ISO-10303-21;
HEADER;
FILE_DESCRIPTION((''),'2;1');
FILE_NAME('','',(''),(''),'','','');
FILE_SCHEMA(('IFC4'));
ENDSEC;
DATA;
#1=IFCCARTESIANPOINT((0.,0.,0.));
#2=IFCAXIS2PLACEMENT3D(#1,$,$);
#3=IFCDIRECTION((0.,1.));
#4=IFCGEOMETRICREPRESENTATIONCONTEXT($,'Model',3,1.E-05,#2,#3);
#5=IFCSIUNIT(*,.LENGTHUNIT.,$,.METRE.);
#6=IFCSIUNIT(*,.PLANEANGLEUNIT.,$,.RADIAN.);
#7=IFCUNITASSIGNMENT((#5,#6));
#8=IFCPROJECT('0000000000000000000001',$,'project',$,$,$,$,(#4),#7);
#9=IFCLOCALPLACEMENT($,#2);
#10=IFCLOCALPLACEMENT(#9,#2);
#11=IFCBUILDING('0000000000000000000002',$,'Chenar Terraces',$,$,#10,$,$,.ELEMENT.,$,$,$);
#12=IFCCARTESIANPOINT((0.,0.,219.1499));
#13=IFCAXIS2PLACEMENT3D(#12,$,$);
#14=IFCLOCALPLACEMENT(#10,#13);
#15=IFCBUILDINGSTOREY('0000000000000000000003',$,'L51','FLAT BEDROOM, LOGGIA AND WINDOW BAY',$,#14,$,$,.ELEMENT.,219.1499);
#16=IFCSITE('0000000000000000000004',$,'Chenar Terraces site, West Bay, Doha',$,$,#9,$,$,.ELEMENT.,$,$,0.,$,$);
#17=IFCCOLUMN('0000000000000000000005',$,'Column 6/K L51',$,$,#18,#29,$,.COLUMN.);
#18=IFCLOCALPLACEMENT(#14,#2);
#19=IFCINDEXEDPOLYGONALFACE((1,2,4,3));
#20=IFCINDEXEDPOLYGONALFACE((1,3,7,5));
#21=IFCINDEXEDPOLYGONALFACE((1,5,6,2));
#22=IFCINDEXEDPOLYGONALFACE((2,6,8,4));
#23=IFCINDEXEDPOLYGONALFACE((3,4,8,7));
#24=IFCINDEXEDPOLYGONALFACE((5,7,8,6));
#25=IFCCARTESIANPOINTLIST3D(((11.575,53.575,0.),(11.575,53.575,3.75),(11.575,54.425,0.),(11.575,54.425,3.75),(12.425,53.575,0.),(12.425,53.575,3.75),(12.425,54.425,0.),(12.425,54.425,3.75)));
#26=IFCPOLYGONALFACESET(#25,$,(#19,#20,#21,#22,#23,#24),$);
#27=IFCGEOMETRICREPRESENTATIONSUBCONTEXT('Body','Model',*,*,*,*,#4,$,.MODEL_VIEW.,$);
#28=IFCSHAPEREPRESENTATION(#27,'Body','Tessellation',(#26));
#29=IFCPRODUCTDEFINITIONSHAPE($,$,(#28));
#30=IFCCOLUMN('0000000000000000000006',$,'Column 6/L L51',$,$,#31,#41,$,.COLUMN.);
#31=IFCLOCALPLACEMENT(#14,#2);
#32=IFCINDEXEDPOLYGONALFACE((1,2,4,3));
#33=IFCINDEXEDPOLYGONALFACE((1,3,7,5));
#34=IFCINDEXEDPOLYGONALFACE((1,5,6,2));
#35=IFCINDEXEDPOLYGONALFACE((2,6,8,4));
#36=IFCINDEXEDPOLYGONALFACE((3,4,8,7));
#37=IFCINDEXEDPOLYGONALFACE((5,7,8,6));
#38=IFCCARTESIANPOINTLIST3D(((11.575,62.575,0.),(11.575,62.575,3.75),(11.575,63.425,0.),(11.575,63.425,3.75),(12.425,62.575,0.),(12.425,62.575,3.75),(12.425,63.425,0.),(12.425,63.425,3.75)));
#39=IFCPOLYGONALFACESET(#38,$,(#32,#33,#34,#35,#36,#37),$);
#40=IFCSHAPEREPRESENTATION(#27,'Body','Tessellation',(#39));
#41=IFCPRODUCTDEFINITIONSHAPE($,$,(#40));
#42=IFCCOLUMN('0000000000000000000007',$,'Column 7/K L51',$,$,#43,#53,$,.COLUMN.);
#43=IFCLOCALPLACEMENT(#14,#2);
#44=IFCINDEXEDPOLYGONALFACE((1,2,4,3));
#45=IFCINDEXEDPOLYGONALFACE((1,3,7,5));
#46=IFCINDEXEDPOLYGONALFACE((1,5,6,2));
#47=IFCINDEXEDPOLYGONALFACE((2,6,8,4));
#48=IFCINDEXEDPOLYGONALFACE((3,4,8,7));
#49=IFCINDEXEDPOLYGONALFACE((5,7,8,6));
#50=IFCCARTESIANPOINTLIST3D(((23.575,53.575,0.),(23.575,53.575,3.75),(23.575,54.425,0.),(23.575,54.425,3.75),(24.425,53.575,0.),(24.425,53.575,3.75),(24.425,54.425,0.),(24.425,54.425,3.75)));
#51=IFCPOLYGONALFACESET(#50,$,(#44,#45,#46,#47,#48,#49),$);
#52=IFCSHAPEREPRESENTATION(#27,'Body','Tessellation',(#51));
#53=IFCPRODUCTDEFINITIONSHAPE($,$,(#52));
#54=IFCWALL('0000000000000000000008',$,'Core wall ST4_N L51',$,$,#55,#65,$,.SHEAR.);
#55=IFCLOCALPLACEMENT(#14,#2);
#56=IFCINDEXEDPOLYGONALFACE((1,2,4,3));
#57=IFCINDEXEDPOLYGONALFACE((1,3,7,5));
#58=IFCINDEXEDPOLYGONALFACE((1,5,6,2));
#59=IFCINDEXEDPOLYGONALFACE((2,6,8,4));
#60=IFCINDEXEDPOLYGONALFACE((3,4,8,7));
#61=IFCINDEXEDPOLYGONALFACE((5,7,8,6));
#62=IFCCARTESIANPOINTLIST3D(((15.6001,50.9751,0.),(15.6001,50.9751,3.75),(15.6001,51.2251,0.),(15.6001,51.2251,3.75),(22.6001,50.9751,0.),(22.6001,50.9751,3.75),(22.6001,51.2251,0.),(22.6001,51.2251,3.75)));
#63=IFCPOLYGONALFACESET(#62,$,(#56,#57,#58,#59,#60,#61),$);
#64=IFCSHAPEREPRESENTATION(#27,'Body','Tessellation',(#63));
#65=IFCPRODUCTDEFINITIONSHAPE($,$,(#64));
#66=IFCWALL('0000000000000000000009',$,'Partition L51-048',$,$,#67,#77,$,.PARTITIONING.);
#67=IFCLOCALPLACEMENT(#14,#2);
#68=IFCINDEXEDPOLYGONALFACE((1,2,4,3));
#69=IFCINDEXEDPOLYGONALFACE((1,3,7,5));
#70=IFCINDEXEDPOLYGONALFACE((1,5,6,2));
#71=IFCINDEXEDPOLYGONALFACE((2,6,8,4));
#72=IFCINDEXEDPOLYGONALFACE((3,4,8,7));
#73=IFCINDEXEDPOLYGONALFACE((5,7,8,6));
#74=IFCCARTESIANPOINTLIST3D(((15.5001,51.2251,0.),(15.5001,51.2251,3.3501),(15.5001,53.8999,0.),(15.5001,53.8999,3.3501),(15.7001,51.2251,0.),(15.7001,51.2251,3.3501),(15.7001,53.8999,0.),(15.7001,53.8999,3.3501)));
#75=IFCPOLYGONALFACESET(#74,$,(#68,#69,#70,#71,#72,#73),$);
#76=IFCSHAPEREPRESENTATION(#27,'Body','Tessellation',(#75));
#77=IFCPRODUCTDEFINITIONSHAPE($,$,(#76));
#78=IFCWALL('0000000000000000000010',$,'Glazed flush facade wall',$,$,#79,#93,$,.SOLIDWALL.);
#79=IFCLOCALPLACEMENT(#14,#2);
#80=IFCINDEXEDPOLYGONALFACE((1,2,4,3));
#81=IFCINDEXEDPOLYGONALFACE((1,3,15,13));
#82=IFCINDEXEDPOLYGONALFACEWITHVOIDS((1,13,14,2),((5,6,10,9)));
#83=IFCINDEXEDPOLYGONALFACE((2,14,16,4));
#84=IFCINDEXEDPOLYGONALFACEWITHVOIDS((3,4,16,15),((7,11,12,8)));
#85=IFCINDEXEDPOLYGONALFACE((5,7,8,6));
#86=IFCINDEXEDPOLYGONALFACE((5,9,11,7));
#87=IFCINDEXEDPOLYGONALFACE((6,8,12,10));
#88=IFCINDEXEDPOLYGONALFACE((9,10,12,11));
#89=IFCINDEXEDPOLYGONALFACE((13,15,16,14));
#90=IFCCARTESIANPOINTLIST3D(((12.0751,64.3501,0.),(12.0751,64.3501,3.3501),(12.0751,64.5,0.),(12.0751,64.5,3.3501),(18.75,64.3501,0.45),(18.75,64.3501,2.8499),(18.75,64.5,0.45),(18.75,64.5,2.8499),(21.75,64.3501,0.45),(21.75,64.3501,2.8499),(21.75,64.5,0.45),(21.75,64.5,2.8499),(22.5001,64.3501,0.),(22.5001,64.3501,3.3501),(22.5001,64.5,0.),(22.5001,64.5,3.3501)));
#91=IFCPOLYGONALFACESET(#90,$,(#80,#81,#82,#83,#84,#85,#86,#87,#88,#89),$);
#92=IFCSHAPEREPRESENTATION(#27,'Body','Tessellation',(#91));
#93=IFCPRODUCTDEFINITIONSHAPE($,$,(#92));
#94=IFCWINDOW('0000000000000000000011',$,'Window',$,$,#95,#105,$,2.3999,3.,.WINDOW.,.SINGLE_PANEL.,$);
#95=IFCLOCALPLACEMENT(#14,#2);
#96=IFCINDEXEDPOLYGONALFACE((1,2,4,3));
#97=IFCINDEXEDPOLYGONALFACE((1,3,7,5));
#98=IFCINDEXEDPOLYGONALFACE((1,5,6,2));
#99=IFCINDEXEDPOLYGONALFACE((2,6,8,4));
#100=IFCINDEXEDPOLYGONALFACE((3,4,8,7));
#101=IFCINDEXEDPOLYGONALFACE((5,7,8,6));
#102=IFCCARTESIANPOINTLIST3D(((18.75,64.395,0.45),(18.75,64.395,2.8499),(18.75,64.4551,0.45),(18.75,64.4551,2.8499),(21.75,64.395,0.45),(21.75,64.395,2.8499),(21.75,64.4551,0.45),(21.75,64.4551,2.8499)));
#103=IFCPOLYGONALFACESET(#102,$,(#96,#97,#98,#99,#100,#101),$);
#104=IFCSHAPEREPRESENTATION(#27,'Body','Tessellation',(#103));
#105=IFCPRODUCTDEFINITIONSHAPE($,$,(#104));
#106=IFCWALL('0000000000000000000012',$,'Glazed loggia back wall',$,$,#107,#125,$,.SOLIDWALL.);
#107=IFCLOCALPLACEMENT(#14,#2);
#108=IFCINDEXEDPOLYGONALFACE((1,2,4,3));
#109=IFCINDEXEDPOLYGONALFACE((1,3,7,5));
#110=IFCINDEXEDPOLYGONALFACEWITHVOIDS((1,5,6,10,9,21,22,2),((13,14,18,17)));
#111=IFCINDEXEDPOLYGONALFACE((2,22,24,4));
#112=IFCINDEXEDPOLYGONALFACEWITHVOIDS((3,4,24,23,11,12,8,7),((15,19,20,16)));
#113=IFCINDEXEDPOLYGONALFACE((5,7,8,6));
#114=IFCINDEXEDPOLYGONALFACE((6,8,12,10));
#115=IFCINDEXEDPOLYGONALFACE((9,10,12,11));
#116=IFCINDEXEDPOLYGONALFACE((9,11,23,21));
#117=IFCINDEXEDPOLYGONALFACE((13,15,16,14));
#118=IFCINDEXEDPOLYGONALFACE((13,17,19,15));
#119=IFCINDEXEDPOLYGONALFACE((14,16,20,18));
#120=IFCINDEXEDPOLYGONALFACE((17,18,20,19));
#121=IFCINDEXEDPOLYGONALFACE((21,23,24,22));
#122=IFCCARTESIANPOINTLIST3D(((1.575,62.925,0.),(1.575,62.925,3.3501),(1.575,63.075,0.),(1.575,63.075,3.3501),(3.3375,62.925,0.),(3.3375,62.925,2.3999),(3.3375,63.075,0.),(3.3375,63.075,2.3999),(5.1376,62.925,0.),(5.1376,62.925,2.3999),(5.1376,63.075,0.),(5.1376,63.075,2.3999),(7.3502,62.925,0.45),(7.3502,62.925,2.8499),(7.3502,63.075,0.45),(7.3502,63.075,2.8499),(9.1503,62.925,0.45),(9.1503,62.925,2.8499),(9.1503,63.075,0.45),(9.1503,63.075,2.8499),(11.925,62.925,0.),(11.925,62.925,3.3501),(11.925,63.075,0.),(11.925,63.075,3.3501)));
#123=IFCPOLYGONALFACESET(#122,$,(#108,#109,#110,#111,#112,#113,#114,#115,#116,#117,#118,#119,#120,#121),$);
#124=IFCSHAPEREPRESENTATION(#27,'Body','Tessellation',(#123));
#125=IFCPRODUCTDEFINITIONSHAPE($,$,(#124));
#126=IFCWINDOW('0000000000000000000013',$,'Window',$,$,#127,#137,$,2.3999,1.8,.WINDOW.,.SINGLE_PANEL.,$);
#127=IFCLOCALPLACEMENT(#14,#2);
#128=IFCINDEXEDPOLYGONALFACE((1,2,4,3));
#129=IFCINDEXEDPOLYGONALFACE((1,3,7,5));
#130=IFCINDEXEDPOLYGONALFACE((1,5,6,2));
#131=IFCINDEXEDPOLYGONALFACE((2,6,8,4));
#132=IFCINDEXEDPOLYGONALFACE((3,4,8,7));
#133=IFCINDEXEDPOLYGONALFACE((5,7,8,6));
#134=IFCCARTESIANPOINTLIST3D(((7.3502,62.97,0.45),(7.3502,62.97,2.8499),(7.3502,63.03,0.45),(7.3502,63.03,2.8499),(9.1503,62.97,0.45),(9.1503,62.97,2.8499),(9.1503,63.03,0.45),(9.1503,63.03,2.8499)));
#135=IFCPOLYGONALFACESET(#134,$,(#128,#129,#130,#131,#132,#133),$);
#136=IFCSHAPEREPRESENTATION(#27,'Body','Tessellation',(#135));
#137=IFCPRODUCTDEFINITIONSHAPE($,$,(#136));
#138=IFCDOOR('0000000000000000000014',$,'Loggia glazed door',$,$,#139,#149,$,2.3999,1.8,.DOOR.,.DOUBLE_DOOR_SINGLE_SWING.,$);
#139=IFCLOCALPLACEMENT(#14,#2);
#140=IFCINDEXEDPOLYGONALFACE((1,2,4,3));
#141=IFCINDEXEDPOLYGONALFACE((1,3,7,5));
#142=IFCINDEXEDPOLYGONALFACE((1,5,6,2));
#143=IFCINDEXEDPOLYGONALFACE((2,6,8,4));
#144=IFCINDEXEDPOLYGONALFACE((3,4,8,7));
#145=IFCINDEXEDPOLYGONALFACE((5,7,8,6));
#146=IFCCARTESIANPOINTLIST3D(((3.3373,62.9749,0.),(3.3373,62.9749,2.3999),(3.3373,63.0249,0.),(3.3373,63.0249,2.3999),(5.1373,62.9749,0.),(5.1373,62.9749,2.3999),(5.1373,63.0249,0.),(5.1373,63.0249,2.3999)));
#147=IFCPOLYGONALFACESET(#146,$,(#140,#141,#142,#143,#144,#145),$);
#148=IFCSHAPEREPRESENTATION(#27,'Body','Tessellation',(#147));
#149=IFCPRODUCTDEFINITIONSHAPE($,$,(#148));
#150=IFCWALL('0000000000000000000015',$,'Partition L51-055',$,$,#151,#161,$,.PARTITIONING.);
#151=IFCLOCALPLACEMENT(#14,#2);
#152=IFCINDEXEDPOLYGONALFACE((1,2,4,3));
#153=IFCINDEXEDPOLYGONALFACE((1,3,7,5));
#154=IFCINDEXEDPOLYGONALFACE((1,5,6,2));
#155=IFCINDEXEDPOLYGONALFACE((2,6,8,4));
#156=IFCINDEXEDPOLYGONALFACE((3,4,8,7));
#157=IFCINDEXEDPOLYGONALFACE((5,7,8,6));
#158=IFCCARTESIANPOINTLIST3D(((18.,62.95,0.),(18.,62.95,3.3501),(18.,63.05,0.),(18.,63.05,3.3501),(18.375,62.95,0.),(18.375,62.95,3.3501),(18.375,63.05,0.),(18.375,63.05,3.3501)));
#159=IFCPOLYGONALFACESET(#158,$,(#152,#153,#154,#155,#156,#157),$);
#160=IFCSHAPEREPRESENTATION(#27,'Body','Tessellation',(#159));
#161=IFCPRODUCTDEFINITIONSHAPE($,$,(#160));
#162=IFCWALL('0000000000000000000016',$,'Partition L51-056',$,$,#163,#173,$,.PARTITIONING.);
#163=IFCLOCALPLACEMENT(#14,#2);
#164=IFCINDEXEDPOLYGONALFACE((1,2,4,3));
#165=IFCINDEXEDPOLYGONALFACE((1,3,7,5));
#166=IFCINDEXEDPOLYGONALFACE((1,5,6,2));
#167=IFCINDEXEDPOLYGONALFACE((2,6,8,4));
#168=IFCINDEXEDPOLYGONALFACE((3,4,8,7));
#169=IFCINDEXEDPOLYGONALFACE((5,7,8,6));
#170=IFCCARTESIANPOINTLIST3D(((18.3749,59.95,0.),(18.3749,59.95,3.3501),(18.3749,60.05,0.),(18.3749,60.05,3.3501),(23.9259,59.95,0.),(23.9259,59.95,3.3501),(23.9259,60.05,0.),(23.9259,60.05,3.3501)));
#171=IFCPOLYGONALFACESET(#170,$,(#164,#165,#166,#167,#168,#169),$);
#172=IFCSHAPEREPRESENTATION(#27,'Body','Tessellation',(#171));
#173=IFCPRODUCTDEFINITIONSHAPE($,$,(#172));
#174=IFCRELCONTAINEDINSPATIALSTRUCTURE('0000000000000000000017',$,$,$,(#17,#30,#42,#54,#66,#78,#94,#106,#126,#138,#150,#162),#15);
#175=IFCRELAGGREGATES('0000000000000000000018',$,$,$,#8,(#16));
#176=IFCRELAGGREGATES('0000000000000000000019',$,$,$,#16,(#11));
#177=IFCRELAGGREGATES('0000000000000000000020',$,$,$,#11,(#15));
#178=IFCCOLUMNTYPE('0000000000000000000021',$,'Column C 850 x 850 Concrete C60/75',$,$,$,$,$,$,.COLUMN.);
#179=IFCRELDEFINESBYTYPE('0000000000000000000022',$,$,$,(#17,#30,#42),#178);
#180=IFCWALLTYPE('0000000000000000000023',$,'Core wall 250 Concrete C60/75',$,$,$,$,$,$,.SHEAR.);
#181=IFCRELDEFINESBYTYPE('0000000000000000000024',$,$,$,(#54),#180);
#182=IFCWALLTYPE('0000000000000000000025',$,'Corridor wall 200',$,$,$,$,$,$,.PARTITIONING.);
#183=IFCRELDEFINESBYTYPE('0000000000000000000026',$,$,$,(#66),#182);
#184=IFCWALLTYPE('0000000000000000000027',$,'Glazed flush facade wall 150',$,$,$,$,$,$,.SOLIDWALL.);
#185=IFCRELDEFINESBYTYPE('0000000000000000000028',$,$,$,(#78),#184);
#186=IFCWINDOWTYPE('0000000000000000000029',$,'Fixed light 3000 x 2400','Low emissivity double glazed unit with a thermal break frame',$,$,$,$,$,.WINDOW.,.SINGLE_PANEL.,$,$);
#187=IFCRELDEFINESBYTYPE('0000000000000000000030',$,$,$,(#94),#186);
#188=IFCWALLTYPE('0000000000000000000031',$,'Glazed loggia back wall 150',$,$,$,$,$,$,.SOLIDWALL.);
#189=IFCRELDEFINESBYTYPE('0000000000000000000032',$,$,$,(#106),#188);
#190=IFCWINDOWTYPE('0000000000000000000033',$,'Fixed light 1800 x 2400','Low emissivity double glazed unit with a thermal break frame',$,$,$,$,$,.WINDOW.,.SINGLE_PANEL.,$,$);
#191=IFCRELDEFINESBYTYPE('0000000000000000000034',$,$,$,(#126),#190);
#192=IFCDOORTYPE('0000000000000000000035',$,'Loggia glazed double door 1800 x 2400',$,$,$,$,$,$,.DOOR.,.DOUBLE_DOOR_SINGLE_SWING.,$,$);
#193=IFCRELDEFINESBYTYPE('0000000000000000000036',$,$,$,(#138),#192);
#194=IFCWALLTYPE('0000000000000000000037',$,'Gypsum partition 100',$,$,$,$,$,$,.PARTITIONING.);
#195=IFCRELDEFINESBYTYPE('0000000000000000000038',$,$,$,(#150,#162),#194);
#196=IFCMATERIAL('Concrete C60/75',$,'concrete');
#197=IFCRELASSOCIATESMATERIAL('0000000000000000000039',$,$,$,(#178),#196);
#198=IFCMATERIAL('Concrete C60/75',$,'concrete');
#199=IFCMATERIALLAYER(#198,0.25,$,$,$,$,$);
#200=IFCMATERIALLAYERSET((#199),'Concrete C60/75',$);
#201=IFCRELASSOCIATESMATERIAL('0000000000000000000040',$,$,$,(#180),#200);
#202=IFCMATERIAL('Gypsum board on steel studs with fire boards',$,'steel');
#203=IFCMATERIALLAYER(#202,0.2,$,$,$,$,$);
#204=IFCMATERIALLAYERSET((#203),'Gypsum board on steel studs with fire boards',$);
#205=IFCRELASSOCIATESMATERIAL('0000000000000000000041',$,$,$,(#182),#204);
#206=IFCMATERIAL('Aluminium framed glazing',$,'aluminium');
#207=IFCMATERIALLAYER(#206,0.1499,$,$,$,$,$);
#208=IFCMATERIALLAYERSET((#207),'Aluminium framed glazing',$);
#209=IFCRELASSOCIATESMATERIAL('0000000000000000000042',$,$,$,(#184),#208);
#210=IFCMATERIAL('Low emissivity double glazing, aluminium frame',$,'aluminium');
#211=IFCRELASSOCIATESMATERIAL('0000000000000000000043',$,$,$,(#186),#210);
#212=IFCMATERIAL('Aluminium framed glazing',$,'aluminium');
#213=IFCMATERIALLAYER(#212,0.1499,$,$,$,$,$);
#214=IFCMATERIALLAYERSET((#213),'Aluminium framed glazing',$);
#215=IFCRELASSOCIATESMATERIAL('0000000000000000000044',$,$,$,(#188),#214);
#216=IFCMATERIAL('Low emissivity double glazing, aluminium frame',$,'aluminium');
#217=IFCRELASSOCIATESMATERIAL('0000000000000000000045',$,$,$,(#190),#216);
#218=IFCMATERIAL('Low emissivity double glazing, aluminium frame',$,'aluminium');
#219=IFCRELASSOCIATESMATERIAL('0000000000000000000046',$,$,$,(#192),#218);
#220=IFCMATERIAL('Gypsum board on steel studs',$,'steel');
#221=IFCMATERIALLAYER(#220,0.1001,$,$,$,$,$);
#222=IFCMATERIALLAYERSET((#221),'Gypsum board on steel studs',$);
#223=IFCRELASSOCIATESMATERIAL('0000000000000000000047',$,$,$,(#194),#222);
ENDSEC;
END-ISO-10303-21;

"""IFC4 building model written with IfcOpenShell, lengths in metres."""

from ifc_helpers import new_model, si_unit, direction, frame, frame_2d, origin, origin_2d, place, context, subcontext, project, spatial, rectangle, extrude, material, layer, layer_set, material_profile, profile_set, type_object, element, fill, save


model = new_model("IFC4")

# Units and contexts
model_context = context("Model", 3, precision=1e-05, world=origin(), true_north=direction((0.0, 1.0)))
body_context = subcontext(model_context, "Body", "Model", "MODEL_VIEW")
ifc_project = project(units=[si_unit("LENGTHUNIT", "METRE"), si_unit("PLANEANGLEUNIT", "RADIAN")], contexts=[model_context])

# Site, building, storey
site_placement = place(None, origin())
site = spatial("IfcSite", under=ifc_project, at=site_placement, Name="Chenar Terraces site, West Bay, Doha", CompositionType="ELEMENT", RefElevation=0.0)
building_placement = place(site_placement, origin())
building = spatial("IfcBuilding", under=site, at=building_placement, Name="Chenar Terraces", CompositionType="ELEMENT")
storey_placement = place(building_placement, frame((0.0, 0.0, 219.1499)))
storey = spatial("IfcBuildingStorey", under=building, at=storey_placement, Name="L51", Description="FLAT BEDROOM, LOGGIA AND WINDOW BAY", CompositionType="ELEMENT", Elevation=219.1499)

# Columns
ifc_material_1 = material(Name="Concrete C60/75", Category="concrete")
ifc_material_profile_1 = material_profile(ifc_material_1, rectangle(XDim=0.8501, YDim=0.8501, at=origin_2d()), Name="C 850 x 850")
ifc_profile_set_1 = profile_set([ifc_material_profile_1], Name="Concrete C60/75")
column_type = type_object("IfcColumnType", Name="Column C 850 x 850 Concrete C60/75", PredefinedType="COLUMN", material=ifc_profile_set_1)
for number, where, z_axis, x_axis, name in (
    (1, (12.0, 54.0, 0.0), (0.0, 0.0, 1.0), (1.0, 0.0, 0.0), "Column 6/K L51"),
    (2, (12.0, 63.0, 0.0), (0.0, 0.0, 1.0), (1.0, 0.0, 0.0), "Column 6/L L51"),
    (3, (24.0, 54.0, 0.0), (0.0, 0.0, 1.0), (1.0, 0.0, 0.0), "Column 7/K L51"),
):
    element("IfcColumn", number, at=place(storey_placement, frame(where, z_axis=z_axis, x_axis=x_axis)), inside=storey, type_object=column_type, Name=name, PredefinedType="COLUMN", context=body_context, shape_type="SweptSolid", body=[
        extrude(rectangle(XDim=0.8501, YDim=0.8501, at=origin_2d()), origin(), (0.0, 0.0, 1.0), 3.75),
    ])

# Walls
ifc_material_2 = material(Name="Concrete C60/75", Category="concrete")
ifc_layer_1 = layer(ifc_material_2, 0.25)
ifc_layer_set_1 = layer_set([ifc_layer_1], Name="Concrete C60/75")
wall_type_1 = type_object("IfcWallType", Name="Core wall 250 Concrete C60/75", PredefinedType="SHEAR", material=ifc_layer_set_1)
wall_1_placement = place(storey_placement, frame((15.6001, 51.1001, 0.0), z_axis=(0.0, 0.0, 1.0), x_axis=(1.0, 0.0, 0.0)))
element("IfcWall", 4, at=wall_1_placement, inside=storey, type_object=wall_type_1, Name="Core wall ST4_N L51", PredefinedType="SHEAR", context=body_context, shape_type="SweptSolid", body=[
    extrude(rectangle(XDim=7.0, YDim=0.25, at=frame_2d((3.5, 0.0))), origin(), (0.0, 0.0, 1.0), 3.75),
])
ifc_material_3 = material(Name="Gypsum board on steel studs with fire boards", Category="steel")
ifc_layer_2 = layer(ifc_material_3, 0.2)
ifc_layer_set_2 = layer_set([ifc_layer_2], Name="Gypsum board on steel studs with fire boards")
wall_type_2 = type_object("IfcWallType", Name="Corridor wall 200", PredefinedType="PARTITIONING", material=ifc_layer_set_2)
wall_2_placement = place(storey_placement, frame((15.6001, 51.2251, 0.0), z_axis=(0.0, 0.0, 1.0), x_axis=(0.0, 1.0, 0.0)))
element("IfcWall", 5, at=wall_2_placement, inside=storey, type_object=wall_type_2, Name="Partition L51-048", PredefinedType="PARTITIONING", context=body_context, shape_type="SweptSolid", body=[
    extrude(rectangle(XDim=2.6748, YDim=0.2, at=frame_2d((1.3374, 0.0))), origin(), (0.0, 0.0, 1.0), 3.3501),
])

# Wall, opening, window
ifc_material_4 = material(Name="Aluminium framed glazing", Category="aluminium")
ifc_layer_3 = layer(ifc_material_4, 0.1499)
ifc_layer_set_3 = layer_set([ifc_layer_3], Name="Aluminium framed glazing")
wall_type_3 = type_object("IfcWallType", Name="Glazed flush facade wall 150", PredefinedType="SOLIDWALL", material=ifc_layer_set_3)
wall_3_placement = place(storey_placement, frame((22.5, 64.425, 0.0), z_axis=(0.0, 0.0, 1.0), x_axis=(-1.0, 0.0, 0.0)))
wall_3 = element("IfcWall", 6, at=wall_3_placement, inside=storey, type_object=wall_type_3, Name="Glazed flush facade wall", PredefinedType="SOLIDWALL", context=body_context, shape_type="SweptSolid", body=[
    extrude(rectangle(XDim=10.425, YDim=0.1499, at=frame_2d((5.2124, 0.0))), origin(), (0.0, 0.0, 1.0), 3.3501),
])
opening_1_placement = place(wall_3_placement, frame((0.75, 0.0, 0.45)))
opening_1 = element("IfcOpeningElement", 7, at=opening_1_placement, cuts=wall_3, PredefinedType="OPENING", context=body_context, shape_type="SweptSolid", body=[
    extrude(rectangle(XDim=3.0, YDim=2.3999, at=frame_2d((1.5, 1.2))), frame((0.0, 0.085, 0.0), z_axis=(0.0, -1.0, 0.0), x_axis=(1.0, 0.0, 0.0)), (0.0, 0.0, 1.0), 0.1699),
])
ifc_material_5 = material(Name="Low emissivity double glazing, aluminium frame", Category="aluminium")
window_type_1 = type_object("IfcWindowType", Name="Fixed light 3000 x 2400", Description="Low emissivity double glazed unit with a thermal break frame", PartitioningType="SINGLE_PANEL", PredefinedType="WINDOW", material=ifc_material_5)
window_1_placement = place(opening_1_placement, origin())
window_1 = element("IfcWindow", 8, at=window_1_placement, inside=storey, type_object=window_type_1, Name="Window", OverallHeight=2.3999, OverallWidth=3.0, PartitioningType="SINGLE_PANEL", PredefinedType="WINDOW", context=body_context, shape_type="SweptSolid", body=[
    extrude(rectangle(XDim=3.0, YDim=2.3999, at=frame_2d((1.5, 1.2))), frame((0.0, 0.03, 0.0), z_axis=(0.0, -1.0, 0.0), x_axis=(1.0, 0.0, 0.0)), (0.0, 0.0, 1.0), 0.0601),
])
fill(opening_1, window_1)

# Wall, openings, window, door
ifc_material_6 = material(Name="Aluminium framed glazing", Category="aluminium")
ifc_layer_4 = layer(ifc_material_6, 0.1499)
ifc_layer_set_4 = layer_set([ifc_layer_4], Name="Aluminium framed glazing")
wall_type_4 = type_object("IfcWallType", Name="Glazed loggia back wall 150", PredefinedType="SOLIDWALL", material=ifc_layer_set_4)
wall_4_placement = place(storey_placement, frame((11.925, 63.0, 0.0), z_axis=(0.0, 0.0, 1.0), x_axis=(-1.0, 0.0, 0.0)))
wall_4 = element("IfcWall", 9, at=wall_4_placement, inside=storey, type_object=wall_type_4, Name="Glazed loggia back wall", PredefinedType="SOLIDWALL", context=body_context, shape_type="SweptSolid", body=[
    extrude(rectangle(XDim=10.3501, YDim=0.1499, at=frame_2d((5.175, 0.0))), origin(), (0.0, 0.0, 1.0), 3.3501),
])
opening_2_placement = place(wall_4_placement, frame((2.7749, 0.0, 0.45)))
opening_2 = element("IfcOpeningElement", 10, at=opening_2_placement, cuts=wall_4, PredefinedType="OPENING", context=body_context, shape_type="SweptSolid", body=[
    extrude(rectangle(XDim=1.8, YDim=2.3999, at=frame_2d((0.8999, 1.2))), frame((0.0, 0.085, 0.0), z_axis=(0.0, -1.0, 0.0), x_axis=(1.0, 0.0, 0.0)), (0.0, 0.0, 1.0), 0.1699),
])
opening_3_placement = place(wall_4_placement, frame((6.7876, 0.0, 0.0)))
opening_3 = element("IfcOpeningElement", 11, at=opening_3_placement, cuts=wall_4, PredefinedType="OPENING", context=body_context, shape_type="SweptSolid", body=[
    extrude(rectangle(XDim=1.8, YDim=2.3999, at=frame_2d((0.8999, 1.2))), frame((0.0, 0.085, 0.0), z_axis=(0.0, -1.0, 0.0), x_axis=(1.0, 0.0, 0.0)), (0.0, 0.0, 1.0), 0.1699),
])
ifc_material_7 = material(Name="Low emissivity double glazing, aluminium frame", Category="aluminium")
window_type_2 = type_object("IfcWindowType", Name="Fixed light 1800 x 2400", Description="Low emissivity double glazed unit with a thermal break frame", PartitioningType="SINGLE_PANEL", PredefinedType="WINDOW", material=ifc_material_7)
window_2_placement = place(opening_2_placement, origin())
window_2 = element("IfcWindow", 12, at=window_2_placement, inside=storey, type_object=window_type_2, Name="Window", OverallHeight=2.3999, OverallWidth=1.8, PartitioningType="SINGLE_PANEL", PredefinedType="WINDOW", context=body_context, shape_type="SweptSolid", body=[
    extrude(rectangle(XDim=1.8, YDim=2.3999, at=frame_2d((0.8999, 1.2))), frame((0.0, 0.03, 0.0), z_axis=(0.0, -1.0, 0.0), x_axis=(1.0, 0.0, 0.0)), (0.0, 0.0, 1.0), 0.0601),
])
fill(opening_2, window_2)
ifc_material_8 = material(Name="Low emissivity double glazing, aluminium frame", Category="aluminium")
door_type_1 = type_object("IfcDoorType", Name="Loggia glazed double door 1800 x 2400", OperationType="DOUBLE_DOOR_SINGLE_SWING", PredefinedType="DOOR", material=ifc_material_8)
door_1_placement = place(opening_3_placement, frame((1.8, 0.0, 0.0), z_axis=(0.0, 0.0, 1.0), x_axis=(-1.0, 0.0, 0.0)))
door_1 = element("IfcDoor", 13, at=door_1_placement, inside=storey, type_object=door_type_1, Name="Loggia glazed door", OperationType="DOUBLE_DOOR_SINGLE_SWING", OverallHeight=2.3999, OverallWidth=1.8, PredefinedType="DOOR", context=body_context, shape_type="SweptSolid", body=[
    extrude(rectangle(XDim=1.8, YDim=2.3999, at=frame_2d((0.8999, 1.2))), frame((0.0, 0.0249, 0.0), z_axis=(0.0, -1.0, 0.0), x_axis=(1.0, 0.0, 0.0)), (0.0, 0.0, 1.0), 0.05),
])
fill(opening_3, door_1)

# Walls
ifc_material_9 = material(Name="Gypsum board on steel studs", Category="steel")
ifc_layer_5 = layer(ifc_material_9, 0.1001)
ifc_layer_set_5 = layer_set([ifc_layer_5], Name="Gypsum board on steel studs")
wall_type_5 = type_object("IfcWallType", Name="Gypsum partition 100", PredefinedType="PARTITIONING", material=ifc_layer_set_5)
wall_5_placement = place(storey_placement, frame((18.0, 63.0, 0.0), z_axis=(0.0, 0.0, 1.0), x_axis=(1.0, 0.0, 0.0)))
element("IfcWall", 14, at=wall_5_placement, inside=storey, type_object=wall_type_5, Name="Partition L51-055", PredefinedType="PARTITIONING", context=body_context, shape_type="SweptSolid", body=[
    extrude(rectangle(XDim=0.375, YDim=0.1001, at=frame_2d((0.1875, 0.0))), origin(), (0.0, 0.0, 1.0), 3.3501),
])
wall_6_placement = place(storey_placement, frame((18.375, 60.0, 0.0), z_axis=(0.0, 0.0, 1.0), x_axis=(1.0, 0.0, 0.0)))
element("IfcWall", 15, at=wall_6_placement, inside=storey, type_object=wall_type_5, Name="Partition L51-056", PredefinedType="PARTITIONING", context=body_context, shape_type="SweptSolid", body=[
    extrude(rectangle(XDim=5.551, YDim=0.1001, at=frame_2d((2.7754, 0.0))), origin(), (0.0, 0.0, 1.0), 3.3501),
])

save(model, "model.ifc")
